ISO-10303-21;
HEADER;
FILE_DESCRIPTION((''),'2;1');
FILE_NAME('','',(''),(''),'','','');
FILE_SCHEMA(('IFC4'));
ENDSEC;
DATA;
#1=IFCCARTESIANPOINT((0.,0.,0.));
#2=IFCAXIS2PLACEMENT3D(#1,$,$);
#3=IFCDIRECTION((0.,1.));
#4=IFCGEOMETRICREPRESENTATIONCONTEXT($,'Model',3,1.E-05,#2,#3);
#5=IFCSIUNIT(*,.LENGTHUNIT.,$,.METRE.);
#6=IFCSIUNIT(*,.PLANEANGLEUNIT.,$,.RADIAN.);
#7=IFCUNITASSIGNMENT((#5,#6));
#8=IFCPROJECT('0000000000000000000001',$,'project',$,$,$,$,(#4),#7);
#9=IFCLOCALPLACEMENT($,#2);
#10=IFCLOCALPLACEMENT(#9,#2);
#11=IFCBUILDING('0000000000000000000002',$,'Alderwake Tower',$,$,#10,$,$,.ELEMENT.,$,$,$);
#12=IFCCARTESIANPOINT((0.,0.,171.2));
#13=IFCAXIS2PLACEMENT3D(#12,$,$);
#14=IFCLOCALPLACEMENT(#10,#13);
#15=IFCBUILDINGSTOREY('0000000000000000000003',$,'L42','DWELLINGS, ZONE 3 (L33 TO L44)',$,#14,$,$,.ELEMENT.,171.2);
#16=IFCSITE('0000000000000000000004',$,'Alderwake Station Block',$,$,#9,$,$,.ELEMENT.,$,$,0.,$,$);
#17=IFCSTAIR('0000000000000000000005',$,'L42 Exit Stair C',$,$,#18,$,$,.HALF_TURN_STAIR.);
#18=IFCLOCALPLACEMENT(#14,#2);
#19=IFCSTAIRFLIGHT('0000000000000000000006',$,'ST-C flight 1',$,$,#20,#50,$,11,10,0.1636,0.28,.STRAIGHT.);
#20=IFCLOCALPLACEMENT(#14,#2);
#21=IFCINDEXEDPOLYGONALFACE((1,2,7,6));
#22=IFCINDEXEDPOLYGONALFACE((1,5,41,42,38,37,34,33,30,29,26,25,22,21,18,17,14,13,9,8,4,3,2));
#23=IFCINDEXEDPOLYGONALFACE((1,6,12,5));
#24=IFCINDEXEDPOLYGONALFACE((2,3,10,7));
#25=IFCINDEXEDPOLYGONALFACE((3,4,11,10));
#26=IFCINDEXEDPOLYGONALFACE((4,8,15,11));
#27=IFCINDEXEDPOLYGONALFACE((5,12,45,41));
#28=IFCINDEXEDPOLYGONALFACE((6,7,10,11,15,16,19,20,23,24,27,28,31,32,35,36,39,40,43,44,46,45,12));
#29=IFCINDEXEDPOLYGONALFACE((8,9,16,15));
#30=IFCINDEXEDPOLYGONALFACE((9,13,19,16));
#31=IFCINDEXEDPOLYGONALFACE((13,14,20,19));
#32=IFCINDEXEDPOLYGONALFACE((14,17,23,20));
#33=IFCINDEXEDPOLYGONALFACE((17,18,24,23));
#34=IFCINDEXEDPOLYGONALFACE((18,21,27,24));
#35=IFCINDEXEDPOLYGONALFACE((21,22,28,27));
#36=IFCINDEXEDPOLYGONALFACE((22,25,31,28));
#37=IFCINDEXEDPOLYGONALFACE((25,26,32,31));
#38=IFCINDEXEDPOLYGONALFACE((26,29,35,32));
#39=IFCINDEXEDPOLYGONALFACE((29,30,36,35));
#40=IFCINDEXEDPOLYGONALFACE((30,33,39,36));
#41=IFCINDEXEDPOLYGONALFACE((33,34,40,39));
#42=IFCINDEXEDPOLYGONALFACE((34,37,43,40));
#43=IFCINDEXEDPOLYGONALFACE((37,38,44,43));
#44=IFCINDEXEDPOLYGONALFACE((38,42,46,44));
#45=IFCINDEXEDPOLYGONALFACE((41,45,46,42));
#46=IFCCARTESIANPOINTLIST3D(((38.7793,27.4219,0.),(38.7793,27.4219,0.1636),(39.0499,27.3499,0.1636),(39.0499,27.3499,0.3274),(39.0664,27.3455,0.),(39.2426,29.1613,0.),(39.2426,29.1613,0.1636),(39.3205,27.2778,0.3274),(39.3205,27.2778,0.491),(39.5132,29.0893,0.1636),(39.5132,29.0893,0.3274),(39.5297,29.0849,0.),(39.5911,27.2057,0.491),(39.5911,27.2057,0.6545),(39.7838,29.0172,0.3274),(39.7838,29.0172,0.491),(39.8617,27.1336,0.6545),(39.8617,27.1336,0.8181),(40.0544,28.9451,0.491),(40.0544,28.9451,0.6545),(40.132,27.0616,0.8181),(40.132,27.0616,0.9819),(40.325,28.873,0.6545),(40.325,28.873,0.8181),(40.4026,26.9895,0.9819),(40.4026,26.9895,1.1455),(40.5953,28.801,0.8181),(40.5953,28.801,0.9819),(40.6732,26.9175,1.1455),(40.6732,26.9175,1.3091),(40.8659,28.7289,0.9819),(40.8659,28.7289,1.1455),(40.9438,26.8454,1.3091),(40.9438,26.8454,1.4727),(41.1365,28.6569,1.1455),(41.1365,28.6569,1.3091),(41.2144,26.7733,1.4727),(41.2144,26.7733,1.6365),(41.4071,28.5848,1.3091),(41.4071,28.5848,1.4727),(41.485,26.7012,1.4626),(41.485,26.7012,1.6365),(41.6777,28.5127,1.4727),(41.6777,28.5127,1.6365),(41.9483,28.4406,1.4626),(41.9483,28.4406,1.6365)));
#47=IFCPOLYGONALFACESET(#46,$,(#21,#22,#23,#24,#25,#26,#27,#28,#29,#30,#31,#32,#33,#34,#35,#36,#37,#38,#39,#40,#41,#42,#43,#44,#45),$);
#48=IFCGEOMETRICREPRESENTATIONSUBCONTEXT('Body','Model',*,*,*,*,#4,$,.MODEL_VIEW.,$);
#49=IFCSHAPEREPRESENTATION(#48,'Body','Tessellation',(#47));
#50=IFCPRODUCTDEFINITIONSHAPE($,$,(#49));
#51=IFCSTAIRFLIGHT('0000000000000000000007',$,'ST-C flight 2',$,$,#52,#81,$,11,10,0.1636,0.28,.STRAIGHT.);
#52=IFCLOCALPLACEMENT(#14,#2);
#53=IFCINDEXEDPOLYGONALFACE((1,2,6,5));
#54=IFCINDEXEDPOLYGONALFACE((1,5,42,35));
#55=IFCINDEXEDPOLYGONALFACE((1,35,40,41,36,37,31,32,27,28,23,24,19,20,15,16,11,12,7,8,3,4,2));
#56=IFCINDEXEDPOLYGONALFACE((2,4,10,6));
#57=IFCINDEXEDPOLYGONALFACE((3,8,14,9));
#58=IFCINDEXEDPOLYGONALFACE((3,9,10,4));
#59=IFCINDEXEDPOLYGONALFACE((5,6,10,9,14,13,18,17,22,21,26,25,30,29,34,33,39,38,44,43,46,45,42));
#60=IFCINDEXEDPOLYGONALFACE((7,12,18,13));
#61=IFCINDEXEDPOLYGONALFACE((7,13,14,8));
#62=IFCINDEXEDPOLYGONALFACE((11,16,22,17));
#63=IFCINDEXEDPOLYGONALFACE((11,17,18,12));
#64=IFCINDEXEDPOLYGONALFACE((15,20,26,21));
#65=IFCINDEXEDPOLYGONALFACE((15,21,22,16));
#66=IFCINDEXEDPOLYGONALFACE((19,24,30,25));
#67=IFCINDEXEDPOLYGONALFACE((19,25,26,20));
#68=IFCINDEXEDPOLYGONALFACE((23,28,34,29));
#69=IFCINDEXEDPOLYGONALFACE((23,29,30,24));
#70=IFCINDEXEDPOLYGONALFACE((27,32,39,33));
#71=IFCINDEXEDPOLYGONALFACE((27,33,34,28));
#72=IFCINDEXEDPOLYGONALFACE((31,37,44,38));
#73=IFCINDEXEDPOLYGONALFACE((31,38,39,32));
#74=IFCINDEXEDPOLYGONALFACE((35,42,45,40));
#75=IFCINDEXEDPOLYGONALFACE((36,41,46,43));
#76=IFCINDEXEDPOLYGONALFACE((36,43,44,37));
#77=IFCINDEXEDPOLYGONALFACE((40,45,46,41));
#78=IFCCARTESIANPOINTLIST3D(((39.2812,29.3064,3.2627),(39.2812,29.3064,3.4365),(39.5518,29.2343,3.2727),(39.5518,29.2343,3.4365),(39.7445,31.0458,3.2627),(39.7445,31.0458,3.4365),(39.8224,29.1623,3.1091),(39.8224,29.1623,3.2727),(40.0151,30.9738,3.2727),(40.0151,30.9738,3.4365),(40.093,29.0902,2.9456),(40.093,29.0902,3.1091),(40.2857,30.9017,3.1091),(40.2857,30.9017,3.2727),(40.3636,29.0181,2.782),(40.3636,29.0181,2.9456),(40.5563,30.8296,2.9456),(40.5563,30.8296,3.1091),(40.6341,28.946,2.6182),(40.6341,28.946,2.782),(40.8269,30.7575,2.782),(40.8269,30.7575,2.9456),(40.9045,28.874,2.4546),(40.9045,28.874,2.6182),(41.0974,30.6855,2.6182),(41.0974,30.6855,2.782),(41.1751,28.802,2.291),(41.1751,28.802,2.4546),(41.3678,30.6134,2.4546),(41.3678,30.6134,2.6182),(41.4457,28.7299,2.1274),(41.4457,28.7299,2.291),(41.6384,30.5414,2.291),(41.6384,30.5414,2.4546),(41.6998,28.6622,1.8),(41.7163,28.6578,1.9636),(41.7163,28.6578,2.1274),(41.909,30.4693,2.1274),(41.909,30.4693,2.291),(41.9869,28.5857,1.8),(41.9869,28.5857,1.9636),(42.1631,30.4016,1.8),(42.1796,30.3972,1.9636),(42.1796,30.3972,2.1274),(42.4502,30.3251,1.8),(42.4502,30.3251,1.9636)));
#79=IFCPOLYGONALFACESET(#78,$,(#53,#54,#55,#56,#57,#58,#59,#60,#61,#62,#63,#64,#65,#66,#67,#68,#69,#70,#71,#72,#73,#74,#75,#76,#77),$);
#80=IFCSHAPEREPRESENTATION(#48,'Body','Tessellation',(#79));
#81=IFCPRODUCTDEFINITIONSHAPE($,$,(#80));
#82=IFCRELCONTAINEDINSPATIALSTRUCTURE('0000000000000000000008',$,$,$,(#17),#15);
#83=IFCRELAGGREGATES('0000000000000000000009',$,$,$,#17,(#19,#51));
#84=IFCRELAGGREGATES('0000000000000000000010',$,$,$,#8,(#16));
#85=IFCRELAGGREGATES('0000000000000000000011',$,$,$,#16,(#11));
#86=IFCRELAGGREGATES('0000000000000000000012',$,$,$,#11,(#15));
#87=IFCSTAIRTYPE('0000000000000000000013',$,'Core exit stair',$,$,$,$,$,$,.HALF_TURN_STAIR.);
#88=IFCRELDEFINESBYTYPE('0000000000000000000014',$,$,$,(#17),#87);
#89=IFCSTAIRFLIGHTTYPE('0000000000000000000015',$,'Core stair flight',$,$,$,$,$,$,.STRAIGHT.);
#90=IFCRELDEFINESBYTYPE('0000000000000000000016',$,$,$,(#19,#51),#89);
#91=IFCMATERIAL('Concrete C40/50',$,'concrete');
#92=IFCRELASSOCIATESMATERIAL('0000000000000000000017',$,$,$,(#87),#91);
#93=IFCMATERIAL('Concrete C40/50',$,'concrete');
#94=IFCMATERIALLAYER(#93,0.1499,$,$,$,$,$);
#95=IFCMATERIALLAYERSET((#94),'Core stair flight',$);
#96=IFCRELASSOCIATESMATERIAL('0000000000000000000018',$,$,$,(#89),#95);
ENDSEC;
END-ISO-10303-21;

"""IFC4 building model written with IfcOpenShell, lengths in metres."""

from ifc_helpers import new_model, si_unit, direction, frame, origin, place, context, subcontext, project, spatial, polyline, outline, extrude, material, layer, layer_set, type_object, element, aggregate, save


model = new_model("IFC4")

# Units and contexts
model_context = context("Model", 3, precision=1e-05, world=origin(), true_north=direction((0.0, 1.0)))
body_context = subcontext(model_context, "Body", "Model", "MODEL_VIEW")
ifc_project = project(units=[si_unit("LENGTHUNIT", "METRE"), si_unit("PLANEANGLEUNIT", "RADIAN")], contexts=[model_context])

# Site, building, storey
site_placement = place(None, origin())
site = spatial("IfcSite", under=ifc_project, at=site_placement, Name="Alderwake Station Block", CompositionType="ELEMENT", RefElevation=0.0)
building_placement = place(site_placement, origin())
building = spatial("IfcBuilding", under=site, at=building_placement, Name="Alderwake Tower", CompositionType="ELEMENT")
storey_placement = place(building_placement, frame((0.0, 0.0, 171.2)))
storey = spatial("IfcBuildingStorey", under=building, at=storey_placement, Name="L42", Description="DWELLINGS, ZONE 3 (L33 TO L44)", CompositionType="ELEMENT", Elevation=171.2)

# Stair, stair flights
ifc_material_1 = material(Name="Concrete C40/50", Category="concrete")
stair_type = type_object("IfcStairType", Name="Core exit stair", PredefinedType="HALF_TURN_STAIR", material=ifc_material_1)
stair_placement = place(storey_placement, origin())
stair = element("IfcStair", 1, at=stair_placement, inside=storey, type_object=stair_type, Name="L42 Exit Stair C", PredefinedType="HALF_TURN_STAIR")
ifc_material_2 = material(Name="Concrete C40/50", Category="concrete")
ifc_layer_1 = layer(ifc_material_2, 0.1499)
ifc_layer_set_1 = layer_set([ifc_layer_1], Name="Core stair flight")
stair_flight_type = type_object("IfcStairFlightType", Name="Core stair flight", PredefinedType="STRAIGHT", material=ifc_layer_set_1)
stair_flight_1_placement = place(storey_placement, frame((39.011, 28.2917, 0.0), z_axis=(0.0, 0.0, 1.0), x_axis=(0.96631, -0.257382, 0.0)))
stair_flight_1 = element("IfcStairFlight", 2, at=stair_flight_1_placement, type_object=stair_flight_type, Name="ST-C flight 1", NumberOfRisers=11, NumberOfTreads=10, PredefinedType="STRAIGHT", RiserHeight=0.1636, TreadLength=0.28, context=body_context, shape_type="SweptSolid", body=[
    extrude(outline(polyline([(0.0, 0.0), (0.0, 0.1636), (0.28, 0.1636), (0.28, 0.3274), (0.5601, 0.3274), (0.5601, 0.491), (0.8401, 0.491), (0.8401, 0.6545), (1.1201, 0.6545), (1.1201, 0.8181), (1.3999, 0.8181), (1.3999, 0.9819), (1.6799, 0.9819), (1.6799, 1.1455), (1.96, 1.1455), (1.96, 1.3091), (2.24, 1.3091), (2.24, 1.4727), (2.52, 1.4727), (2.52, 1.6365), (2.8, 1.6365), (2.8, 1.8), (2.8, 1.4626), (0.2971, 0.0), (0.0, 0.0)])), frame((0.0, 0.8999, 0.0), z_axis=(0.0, -1.0, 0.0), x_axis=(1.0, 0.0, 0.0)), (0.0, 0.0, 1.0), 1.8),
])
stair_flight_2_placement = place(storey_placement, frame((42.2185, 29.4553, 1.8), z_axis=(0.0, 0.0, 1.0), x_axis=(-0.96631, 0.257382, 0.0)))
stair_flight_2 = element("IfcStairFlight", 3, at=stair_flight_2_placement, type_object=stair_flight_type, Name="ST-C flight 2", NumberOfRisers=11, NumberOfTreads=10, PredefinedType="STRAIGHT", RiserHeight=0.1636, TreadLength=0.28, context=body_context, shape_type="SweptSolid", body=[
    extrude(outline(polyline([(0.0, 0.0), (0.0, 0.1636), (0.28, 0.1636), (0.28, 0.3274), (0.5601, 0.3274), (0.5601, 0.491), (0.8401, 0.491), (0.8401, 0.6545), (1.1201, 0.6545), (1.1201, 0.8181), (1.3999, 0.8181), (1.3999, 0.9819), (1.6799, 0.9819), (1.6799, 1.1455), (1.96, 1.1455), (1.96, 1.3091), (2.24, 1.3091), (2.24, 1.4727), (2.52, 1.4727), (2.52, 1.6365), (2.8, 1.6365), (2.8, 1.8), (2.8, 1.4626), (0.2971, 0.0), (0.0, 0.0)])), frame((0.0, 0.8999, 0.0), z_axis=(0.0, -1.0, 0.0), x_axis=(1.0, 0.0, 0.0)), (0.0, 0.0, 1.0), 1.8),
])
aggregate(stair, [stair_flight_1, stair_flight_2])

save(model, "model.ifc")
